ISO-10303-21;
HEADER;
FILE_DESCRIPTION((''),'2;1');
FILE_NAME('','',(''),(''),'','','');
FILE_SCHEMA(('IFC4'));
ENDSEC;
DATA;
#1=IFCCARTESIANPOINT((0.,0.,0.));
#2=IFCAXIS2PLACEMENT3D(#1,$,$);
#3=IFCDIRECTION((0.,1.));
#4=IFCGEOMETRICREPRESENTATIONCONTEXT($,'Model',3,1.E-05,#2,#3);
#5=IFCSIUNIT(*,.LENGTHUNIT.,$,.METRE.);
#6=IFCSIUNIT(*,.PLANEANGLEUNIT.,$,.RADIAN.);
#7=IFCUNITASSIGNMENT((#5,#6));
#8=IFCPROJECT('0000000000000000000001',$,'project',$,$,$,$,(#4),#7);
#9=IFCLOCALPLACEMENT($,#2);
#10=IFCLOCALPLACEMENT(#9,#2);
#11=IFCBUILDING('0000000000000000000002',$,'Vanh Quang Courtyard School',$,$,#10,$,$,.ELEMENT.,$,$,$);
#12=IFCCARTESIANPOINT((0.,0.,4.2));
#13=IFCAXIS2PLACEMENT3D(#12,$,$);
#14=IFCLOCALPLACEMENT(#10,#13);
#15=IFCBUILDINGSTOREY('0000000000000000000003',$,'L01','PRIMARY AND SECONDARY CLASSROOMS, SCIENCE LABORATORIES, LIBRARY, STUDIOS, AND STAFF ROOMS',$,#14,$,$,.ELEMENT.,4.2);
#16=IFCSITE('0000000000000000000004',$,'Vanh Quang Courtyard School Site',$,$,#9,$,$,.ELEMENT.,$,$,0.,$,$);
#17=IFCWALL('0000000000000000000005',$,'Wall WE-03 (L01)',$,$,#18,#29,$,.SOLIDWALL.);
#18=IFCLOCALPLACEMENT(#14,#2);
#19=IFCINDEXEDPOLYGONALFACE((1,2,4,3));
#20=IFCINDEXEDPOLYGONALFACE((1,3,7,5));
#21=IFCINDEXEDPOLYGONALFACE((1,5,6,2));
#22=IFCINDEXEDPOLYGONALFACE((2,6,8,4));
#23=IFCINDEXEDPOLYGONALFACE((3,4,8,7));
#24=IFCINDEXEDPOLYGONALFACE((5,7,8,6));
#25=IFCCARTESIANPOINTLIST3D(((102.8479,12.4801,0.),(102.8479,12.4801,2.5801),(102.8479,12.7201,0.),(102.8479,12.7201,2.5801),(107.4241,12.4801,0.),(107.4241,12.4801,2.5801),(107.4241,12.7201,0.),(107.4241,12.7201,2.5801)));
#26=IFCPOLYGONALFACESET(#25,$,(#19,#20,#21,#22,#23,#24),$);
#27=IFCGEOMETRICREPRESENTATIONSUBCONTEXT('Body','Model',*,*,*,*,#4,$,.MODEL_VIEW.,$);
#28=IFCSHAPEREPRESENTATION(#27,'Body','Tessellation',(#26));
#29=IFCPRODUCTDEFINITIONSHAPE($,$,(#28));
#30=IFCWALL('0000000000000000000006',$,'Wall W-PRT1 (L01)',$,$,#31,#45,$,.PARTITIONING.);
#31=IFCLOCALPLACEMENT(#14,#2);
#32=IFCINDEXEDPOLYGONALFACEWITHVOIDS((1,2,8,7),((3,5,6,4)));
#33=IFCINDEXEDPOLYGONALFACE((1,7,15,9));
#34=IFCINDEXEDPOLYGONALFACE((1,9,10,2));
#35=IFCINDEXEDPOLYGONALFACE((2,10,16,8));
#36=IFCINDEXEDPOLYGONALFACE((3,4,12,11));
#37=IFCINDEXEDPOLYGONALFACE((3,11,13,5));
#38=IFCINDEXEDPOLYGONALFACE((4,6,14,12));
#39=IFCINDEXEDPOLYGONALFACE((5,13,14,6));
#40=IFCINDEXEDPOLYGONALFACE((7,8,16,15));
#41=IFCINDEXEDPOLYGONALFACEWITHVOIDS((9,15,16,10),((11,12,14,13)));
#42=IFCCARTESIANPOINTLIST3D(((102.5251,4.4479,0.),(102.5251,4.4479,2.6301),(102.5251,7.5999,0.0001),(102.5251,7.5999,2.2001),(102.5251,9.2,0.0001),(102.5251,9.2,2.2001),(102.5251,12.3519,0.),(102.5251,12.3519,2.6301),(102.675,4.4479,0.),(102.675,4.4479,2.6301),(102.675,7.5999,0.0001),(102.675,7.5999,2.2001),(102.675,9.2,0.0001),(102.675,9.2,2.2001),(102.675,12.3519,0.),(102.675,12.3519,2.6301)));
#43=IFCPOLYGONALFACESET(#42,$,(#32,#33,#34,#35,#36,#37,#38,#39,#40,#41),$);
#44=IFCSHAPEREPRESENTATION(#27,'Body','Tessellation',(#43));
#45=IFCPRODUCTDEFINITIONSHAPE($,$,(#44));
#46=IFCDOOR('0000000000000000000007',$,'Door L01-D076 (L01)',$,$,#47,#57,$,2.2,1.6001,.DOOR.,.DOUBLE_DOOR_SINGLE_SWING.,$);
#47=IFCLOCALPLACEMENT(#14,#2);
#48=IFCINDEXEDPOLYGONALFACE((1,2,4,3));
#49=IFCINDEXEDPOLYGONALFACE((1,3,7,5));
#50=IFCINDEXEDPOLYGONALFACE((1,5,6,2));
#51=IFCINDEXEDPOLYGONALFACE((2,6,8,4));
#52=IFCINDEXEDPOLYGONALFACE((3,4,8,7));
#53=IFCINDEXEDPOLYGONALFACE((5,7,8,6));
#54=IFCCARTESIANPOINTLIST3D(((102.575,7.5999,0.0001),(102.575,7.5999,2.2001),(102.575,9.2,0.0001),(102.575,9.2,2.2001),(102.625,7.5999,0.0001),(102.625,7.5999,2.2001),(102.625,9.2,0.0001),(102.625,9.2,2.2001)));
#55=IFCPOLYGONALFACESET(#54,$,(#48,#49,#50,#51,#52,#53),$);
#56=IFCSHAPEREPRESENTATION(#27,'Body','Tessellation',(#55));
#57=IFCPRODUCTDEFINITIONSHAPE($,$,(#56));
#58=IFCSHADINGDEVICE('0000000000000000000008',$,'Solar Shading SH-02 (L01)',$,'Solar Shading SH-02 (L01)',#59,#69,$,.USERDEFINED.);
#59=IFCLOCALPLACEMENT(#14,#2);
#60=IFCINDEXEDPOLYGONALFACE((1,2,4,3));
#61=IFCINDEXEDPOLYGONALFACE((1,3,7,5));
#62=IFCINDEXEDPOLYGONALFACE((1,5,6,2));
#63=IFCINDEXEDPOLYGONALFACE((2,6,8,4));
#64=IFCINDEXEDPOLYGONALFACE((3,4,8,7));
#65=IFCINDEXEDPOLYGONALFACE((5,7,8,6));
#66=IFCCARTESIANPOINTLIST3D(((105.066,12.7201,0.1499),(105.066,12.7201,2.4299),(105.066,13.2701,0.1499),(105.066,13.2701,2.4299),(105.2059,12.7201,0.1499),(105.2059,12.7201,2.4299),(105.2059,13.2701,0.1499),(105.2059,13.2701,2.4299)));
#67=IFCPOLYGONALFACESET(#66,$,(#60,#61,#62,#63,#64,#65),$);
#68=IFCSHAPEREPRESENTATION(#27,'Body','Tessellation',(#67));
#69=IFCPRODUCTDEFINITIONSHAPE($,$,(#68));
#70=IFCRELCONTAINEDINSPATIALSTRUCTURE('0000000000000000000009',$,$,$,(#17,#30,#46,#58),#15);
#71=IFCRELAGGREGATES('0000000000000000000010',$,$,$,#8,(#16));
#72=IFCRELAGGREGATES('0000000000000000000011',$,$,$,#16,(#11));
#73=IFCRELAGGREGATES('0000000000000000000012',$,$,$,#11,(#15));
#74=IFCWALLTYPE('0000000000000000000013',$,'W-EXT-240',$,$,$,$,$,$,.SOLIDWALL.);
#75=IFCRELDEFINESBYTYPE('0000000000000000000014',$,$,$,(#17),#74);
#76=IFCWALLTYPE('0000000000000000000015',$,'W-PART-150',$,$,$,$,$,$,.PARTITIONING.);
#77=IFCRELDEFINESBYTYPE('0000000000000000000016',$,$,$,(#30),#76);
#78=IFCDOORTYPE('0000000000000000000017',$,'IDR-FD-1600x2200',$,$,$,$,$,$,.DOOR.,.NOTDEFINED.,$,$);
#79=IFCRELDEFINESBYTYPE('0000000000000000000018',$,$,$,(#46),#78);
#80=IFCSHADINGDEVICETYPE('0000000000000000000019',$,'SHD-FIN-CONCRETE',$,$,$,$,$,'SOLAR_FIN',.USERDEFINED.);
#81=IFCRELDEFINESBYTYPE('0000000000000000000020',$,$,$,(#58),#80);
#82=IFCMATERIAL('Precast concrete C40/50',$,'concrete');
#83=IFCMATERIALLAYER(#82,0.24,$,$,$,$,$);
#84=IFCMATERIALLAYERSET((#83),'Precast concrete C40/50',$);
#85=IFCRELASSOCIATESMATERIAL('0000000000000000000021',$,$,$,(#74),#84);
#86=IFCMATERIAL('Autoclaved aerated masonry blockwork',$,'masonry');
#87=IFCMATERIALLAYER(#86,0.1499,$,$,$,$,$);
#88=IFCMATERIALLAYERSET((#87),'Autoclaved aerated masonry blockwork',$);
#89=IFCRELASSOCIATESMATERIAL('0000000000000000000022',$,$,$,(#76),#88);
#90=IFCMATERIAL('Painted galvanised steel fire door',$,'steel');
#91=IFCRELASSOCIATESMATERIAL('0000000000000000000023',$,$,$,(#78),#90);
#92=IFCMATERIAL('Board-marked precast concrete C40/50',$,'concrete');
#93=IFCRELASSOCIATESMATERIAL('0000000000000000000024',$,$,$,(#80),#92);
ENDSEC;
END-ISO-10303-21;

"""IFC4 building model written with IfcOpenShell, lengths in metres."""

from ifc_helpers import new_model, si_unit, direction, frame, frame_2d, origin, origin_2d, place, context, subcontext, project, spatial, rectangle, extrude, material, layer, layer_set, type_object, element, fill, save


model = new_model("IFC4")

# Units and contexts
model_context = context("Model", 3, precision=1e-05, world=origin(), true_north=direction((0.0, 1.0)))
body_context = subcontext(model_context, "Body", "Model", "MODEL_VIEW")
ifc_project = project(units=[si_unit("LENGTHUNIT", "METRE"), si_unit("PLANEANGLEUNIT", "RADIAN")], contexts=[model_context])

# Site, building, storey
site_placement = place(None, origin())
site = spatial("IfcSite", under=ifc_project, at=site_placement, Name="Vanh Quang Courtyard School Site", CompositionType="ELEMENT", RefElevation=0.0)
building_placement = place(site_placement, origin())
building = spatial("IfcBuilding", under=site, at=building_placement, Name="Vanh Quang Courtyard School", CompositionType="ELEMENT")
storey_placement = place(building_placement, frame((0.0, 0.0, 4.2)))
storey = spatial("IfcBuildingStorey", under=building, at=storey_placement, Name="L01", Description="PRIMARY AND SECONDARY CLASSROOMS, SCIENCE LABORATORIES, LIBRARY, STUDIOS, AND STAFF ROOMS", CompositionType="ELEMENT", Elevation=4.2)

# Wall
ifc_material_1 = material(Name="Precast concrete C40/50", Category="concrete")
ifc_layer_1 = layer(ifc_material_1, 0.24)
ifc_layer_set_1 = layer_set([ifc_layer_1], Name="Precast concrete C40/50")
wall_type_1 = type_object("IfcWallType", Name="W-EXT-240", PredefinedType="SOLIDWALL", material=ifc_layer_set_1)
wall_1_placement = place(storey_placement, frame((102.8479, 12.6001, 0.0), z_axis=(0.0, 0.0, 1.0), x_axis=(1.0, 0.0, 0.0)))
element("IfcWall", 1, at=wall_1_placement, inside=storey, type_object=wall_type_1, Name="Wall WE-03 (L01)", PredefinedType="SOLIDWALL", context=body_context, shape_type="SweptSolid", body=[
    extrude(rectangle(XDim=4.5762, YDim=0.24, at=frame_2d((2.2881, 0.0))), origin(), (0.0, 0.0, 1.0), 2.5801),
])

# Wall, opening, door
ifc_material_2 = material(Name="Autoclaved aerated masonry blockwork", Category="masonry")
ifc_layer_2 = layer(ifc_material_2, 0.1499)
ifc_layer_set_2 = layer_set([ifc_layer_2], Name="Autoclaved aerated masonry blockwork")
wall_type_2 = type_object("IfcWallType", Name="W-PART-150", PredefinedType="PARTITIONING", material=ifc_layer_set_2)
wall_2_placement = place(storey_placement, frame((102.6001, 12.3521, 0.0), z_axis=(0.0, 0.0, 1.0), x_axis=(0.0, -1.0, 0.0)))
wall_2 = element("IfcWall", 2, at=wall_2_placement, inside=storey, type_object=wall_type_2, Name="Wall W-PRT1 (L01)", PredefinedType="PARTITIONING", context=body_context, shape_type="SweptSolid", body=[
    extrude(rectangle(XDim=7.9041, YDim=0.1499, at=frame_2d((3.9521, 0.0))), origin(), (0.0, 0.0, 1.0), 2.6301),
])
opening_placement = place(wall_2_placement, frame((3.1521, 0.0, 0.0)))
opening = element("IfcOpeningElement", 3, at=opening_placement, cuts=wall_2, PredefinedType="OPENING", context=body_context, shape_type="SweptSolid", body=[
    extrude(rectangle(XDim=1.6001, YDim=2.2, at=frame_2d((0.8, 1.1001))), frame((0.0, 0.085, 0.0), z_axis=(0.0, -1.0, 0.0), x_axis=(1.0, 0.0, 0.0)), (0.0, 0.0, 1.0), 0.1699),
])
ifc_material_3 = material(Name="Painted galvanised steel fire door", Category="steel")
door_type = type_object("IfcDoorType", Name="IDR-FD-1600x2200", OperationType="NOTDEFINED", PredefinedType="DOOR", material=ifc_material_3)
door_placement = place(opening_placement, origin())
door = element("IfcDoor", 4, at=door_placement, inside=storey, type_object=door_type, Name="Door L01-D076 (L01)", OperationType="DOUBLE_DOOR_SINGLE_SWING", OverallHeight=2.2, OverallWidth=1.6001, PredefinedType="DOOR", context=body_context, shape_type="SweptSolid", body=[
    extrude(rectangle(XDim=1.6001, YDim=2.2, at=frame_2d((0.8, 1.1001))), frame((0.0, 0.0249, 0.0), z_axis=(0.0, -1.0, 0.0), x_axis=(1.0, 0.0, 0.0)), (0.0, 0.0, 1.0), 0.05),
])
fill(opening, door)

# Shading device
ifc_material_4 = material(Name="Board-marked precast concrete C40/50", Category="concrete")
shading_device_type = type_object("IfcShadingDeviceType", Name="SHD-FIN-CONCRETE", ElementType="SOLAR_FIN", PredefinedType="USERDEFINED", material=ifc_material_4)
shading_device_placement = place(storey_placement, frame((105.136, 12.9951, 0.1499), z_axis=(0.0, 0.0, 1.0), x_axis=(1.0, 0.0, 0.0)))
element("IfcShadingDevice", 5, at=shading_device_placement, inside=storey, type_object=shading_device_type, Name="Solar Shading SH-02 (L01)", ObjectType="Solar Shading SH-02 (L01)", PredefinedType="USERDEFINED", context=body_context, shape_type="SweptSolid", body=[
    extrude(rectangle(XDim=0.1399, YDim=0.55, at=origin_2d()), origin(), (0.0, 0.0, 1.0), 2.28),
])

save(model, "model.ifc")
